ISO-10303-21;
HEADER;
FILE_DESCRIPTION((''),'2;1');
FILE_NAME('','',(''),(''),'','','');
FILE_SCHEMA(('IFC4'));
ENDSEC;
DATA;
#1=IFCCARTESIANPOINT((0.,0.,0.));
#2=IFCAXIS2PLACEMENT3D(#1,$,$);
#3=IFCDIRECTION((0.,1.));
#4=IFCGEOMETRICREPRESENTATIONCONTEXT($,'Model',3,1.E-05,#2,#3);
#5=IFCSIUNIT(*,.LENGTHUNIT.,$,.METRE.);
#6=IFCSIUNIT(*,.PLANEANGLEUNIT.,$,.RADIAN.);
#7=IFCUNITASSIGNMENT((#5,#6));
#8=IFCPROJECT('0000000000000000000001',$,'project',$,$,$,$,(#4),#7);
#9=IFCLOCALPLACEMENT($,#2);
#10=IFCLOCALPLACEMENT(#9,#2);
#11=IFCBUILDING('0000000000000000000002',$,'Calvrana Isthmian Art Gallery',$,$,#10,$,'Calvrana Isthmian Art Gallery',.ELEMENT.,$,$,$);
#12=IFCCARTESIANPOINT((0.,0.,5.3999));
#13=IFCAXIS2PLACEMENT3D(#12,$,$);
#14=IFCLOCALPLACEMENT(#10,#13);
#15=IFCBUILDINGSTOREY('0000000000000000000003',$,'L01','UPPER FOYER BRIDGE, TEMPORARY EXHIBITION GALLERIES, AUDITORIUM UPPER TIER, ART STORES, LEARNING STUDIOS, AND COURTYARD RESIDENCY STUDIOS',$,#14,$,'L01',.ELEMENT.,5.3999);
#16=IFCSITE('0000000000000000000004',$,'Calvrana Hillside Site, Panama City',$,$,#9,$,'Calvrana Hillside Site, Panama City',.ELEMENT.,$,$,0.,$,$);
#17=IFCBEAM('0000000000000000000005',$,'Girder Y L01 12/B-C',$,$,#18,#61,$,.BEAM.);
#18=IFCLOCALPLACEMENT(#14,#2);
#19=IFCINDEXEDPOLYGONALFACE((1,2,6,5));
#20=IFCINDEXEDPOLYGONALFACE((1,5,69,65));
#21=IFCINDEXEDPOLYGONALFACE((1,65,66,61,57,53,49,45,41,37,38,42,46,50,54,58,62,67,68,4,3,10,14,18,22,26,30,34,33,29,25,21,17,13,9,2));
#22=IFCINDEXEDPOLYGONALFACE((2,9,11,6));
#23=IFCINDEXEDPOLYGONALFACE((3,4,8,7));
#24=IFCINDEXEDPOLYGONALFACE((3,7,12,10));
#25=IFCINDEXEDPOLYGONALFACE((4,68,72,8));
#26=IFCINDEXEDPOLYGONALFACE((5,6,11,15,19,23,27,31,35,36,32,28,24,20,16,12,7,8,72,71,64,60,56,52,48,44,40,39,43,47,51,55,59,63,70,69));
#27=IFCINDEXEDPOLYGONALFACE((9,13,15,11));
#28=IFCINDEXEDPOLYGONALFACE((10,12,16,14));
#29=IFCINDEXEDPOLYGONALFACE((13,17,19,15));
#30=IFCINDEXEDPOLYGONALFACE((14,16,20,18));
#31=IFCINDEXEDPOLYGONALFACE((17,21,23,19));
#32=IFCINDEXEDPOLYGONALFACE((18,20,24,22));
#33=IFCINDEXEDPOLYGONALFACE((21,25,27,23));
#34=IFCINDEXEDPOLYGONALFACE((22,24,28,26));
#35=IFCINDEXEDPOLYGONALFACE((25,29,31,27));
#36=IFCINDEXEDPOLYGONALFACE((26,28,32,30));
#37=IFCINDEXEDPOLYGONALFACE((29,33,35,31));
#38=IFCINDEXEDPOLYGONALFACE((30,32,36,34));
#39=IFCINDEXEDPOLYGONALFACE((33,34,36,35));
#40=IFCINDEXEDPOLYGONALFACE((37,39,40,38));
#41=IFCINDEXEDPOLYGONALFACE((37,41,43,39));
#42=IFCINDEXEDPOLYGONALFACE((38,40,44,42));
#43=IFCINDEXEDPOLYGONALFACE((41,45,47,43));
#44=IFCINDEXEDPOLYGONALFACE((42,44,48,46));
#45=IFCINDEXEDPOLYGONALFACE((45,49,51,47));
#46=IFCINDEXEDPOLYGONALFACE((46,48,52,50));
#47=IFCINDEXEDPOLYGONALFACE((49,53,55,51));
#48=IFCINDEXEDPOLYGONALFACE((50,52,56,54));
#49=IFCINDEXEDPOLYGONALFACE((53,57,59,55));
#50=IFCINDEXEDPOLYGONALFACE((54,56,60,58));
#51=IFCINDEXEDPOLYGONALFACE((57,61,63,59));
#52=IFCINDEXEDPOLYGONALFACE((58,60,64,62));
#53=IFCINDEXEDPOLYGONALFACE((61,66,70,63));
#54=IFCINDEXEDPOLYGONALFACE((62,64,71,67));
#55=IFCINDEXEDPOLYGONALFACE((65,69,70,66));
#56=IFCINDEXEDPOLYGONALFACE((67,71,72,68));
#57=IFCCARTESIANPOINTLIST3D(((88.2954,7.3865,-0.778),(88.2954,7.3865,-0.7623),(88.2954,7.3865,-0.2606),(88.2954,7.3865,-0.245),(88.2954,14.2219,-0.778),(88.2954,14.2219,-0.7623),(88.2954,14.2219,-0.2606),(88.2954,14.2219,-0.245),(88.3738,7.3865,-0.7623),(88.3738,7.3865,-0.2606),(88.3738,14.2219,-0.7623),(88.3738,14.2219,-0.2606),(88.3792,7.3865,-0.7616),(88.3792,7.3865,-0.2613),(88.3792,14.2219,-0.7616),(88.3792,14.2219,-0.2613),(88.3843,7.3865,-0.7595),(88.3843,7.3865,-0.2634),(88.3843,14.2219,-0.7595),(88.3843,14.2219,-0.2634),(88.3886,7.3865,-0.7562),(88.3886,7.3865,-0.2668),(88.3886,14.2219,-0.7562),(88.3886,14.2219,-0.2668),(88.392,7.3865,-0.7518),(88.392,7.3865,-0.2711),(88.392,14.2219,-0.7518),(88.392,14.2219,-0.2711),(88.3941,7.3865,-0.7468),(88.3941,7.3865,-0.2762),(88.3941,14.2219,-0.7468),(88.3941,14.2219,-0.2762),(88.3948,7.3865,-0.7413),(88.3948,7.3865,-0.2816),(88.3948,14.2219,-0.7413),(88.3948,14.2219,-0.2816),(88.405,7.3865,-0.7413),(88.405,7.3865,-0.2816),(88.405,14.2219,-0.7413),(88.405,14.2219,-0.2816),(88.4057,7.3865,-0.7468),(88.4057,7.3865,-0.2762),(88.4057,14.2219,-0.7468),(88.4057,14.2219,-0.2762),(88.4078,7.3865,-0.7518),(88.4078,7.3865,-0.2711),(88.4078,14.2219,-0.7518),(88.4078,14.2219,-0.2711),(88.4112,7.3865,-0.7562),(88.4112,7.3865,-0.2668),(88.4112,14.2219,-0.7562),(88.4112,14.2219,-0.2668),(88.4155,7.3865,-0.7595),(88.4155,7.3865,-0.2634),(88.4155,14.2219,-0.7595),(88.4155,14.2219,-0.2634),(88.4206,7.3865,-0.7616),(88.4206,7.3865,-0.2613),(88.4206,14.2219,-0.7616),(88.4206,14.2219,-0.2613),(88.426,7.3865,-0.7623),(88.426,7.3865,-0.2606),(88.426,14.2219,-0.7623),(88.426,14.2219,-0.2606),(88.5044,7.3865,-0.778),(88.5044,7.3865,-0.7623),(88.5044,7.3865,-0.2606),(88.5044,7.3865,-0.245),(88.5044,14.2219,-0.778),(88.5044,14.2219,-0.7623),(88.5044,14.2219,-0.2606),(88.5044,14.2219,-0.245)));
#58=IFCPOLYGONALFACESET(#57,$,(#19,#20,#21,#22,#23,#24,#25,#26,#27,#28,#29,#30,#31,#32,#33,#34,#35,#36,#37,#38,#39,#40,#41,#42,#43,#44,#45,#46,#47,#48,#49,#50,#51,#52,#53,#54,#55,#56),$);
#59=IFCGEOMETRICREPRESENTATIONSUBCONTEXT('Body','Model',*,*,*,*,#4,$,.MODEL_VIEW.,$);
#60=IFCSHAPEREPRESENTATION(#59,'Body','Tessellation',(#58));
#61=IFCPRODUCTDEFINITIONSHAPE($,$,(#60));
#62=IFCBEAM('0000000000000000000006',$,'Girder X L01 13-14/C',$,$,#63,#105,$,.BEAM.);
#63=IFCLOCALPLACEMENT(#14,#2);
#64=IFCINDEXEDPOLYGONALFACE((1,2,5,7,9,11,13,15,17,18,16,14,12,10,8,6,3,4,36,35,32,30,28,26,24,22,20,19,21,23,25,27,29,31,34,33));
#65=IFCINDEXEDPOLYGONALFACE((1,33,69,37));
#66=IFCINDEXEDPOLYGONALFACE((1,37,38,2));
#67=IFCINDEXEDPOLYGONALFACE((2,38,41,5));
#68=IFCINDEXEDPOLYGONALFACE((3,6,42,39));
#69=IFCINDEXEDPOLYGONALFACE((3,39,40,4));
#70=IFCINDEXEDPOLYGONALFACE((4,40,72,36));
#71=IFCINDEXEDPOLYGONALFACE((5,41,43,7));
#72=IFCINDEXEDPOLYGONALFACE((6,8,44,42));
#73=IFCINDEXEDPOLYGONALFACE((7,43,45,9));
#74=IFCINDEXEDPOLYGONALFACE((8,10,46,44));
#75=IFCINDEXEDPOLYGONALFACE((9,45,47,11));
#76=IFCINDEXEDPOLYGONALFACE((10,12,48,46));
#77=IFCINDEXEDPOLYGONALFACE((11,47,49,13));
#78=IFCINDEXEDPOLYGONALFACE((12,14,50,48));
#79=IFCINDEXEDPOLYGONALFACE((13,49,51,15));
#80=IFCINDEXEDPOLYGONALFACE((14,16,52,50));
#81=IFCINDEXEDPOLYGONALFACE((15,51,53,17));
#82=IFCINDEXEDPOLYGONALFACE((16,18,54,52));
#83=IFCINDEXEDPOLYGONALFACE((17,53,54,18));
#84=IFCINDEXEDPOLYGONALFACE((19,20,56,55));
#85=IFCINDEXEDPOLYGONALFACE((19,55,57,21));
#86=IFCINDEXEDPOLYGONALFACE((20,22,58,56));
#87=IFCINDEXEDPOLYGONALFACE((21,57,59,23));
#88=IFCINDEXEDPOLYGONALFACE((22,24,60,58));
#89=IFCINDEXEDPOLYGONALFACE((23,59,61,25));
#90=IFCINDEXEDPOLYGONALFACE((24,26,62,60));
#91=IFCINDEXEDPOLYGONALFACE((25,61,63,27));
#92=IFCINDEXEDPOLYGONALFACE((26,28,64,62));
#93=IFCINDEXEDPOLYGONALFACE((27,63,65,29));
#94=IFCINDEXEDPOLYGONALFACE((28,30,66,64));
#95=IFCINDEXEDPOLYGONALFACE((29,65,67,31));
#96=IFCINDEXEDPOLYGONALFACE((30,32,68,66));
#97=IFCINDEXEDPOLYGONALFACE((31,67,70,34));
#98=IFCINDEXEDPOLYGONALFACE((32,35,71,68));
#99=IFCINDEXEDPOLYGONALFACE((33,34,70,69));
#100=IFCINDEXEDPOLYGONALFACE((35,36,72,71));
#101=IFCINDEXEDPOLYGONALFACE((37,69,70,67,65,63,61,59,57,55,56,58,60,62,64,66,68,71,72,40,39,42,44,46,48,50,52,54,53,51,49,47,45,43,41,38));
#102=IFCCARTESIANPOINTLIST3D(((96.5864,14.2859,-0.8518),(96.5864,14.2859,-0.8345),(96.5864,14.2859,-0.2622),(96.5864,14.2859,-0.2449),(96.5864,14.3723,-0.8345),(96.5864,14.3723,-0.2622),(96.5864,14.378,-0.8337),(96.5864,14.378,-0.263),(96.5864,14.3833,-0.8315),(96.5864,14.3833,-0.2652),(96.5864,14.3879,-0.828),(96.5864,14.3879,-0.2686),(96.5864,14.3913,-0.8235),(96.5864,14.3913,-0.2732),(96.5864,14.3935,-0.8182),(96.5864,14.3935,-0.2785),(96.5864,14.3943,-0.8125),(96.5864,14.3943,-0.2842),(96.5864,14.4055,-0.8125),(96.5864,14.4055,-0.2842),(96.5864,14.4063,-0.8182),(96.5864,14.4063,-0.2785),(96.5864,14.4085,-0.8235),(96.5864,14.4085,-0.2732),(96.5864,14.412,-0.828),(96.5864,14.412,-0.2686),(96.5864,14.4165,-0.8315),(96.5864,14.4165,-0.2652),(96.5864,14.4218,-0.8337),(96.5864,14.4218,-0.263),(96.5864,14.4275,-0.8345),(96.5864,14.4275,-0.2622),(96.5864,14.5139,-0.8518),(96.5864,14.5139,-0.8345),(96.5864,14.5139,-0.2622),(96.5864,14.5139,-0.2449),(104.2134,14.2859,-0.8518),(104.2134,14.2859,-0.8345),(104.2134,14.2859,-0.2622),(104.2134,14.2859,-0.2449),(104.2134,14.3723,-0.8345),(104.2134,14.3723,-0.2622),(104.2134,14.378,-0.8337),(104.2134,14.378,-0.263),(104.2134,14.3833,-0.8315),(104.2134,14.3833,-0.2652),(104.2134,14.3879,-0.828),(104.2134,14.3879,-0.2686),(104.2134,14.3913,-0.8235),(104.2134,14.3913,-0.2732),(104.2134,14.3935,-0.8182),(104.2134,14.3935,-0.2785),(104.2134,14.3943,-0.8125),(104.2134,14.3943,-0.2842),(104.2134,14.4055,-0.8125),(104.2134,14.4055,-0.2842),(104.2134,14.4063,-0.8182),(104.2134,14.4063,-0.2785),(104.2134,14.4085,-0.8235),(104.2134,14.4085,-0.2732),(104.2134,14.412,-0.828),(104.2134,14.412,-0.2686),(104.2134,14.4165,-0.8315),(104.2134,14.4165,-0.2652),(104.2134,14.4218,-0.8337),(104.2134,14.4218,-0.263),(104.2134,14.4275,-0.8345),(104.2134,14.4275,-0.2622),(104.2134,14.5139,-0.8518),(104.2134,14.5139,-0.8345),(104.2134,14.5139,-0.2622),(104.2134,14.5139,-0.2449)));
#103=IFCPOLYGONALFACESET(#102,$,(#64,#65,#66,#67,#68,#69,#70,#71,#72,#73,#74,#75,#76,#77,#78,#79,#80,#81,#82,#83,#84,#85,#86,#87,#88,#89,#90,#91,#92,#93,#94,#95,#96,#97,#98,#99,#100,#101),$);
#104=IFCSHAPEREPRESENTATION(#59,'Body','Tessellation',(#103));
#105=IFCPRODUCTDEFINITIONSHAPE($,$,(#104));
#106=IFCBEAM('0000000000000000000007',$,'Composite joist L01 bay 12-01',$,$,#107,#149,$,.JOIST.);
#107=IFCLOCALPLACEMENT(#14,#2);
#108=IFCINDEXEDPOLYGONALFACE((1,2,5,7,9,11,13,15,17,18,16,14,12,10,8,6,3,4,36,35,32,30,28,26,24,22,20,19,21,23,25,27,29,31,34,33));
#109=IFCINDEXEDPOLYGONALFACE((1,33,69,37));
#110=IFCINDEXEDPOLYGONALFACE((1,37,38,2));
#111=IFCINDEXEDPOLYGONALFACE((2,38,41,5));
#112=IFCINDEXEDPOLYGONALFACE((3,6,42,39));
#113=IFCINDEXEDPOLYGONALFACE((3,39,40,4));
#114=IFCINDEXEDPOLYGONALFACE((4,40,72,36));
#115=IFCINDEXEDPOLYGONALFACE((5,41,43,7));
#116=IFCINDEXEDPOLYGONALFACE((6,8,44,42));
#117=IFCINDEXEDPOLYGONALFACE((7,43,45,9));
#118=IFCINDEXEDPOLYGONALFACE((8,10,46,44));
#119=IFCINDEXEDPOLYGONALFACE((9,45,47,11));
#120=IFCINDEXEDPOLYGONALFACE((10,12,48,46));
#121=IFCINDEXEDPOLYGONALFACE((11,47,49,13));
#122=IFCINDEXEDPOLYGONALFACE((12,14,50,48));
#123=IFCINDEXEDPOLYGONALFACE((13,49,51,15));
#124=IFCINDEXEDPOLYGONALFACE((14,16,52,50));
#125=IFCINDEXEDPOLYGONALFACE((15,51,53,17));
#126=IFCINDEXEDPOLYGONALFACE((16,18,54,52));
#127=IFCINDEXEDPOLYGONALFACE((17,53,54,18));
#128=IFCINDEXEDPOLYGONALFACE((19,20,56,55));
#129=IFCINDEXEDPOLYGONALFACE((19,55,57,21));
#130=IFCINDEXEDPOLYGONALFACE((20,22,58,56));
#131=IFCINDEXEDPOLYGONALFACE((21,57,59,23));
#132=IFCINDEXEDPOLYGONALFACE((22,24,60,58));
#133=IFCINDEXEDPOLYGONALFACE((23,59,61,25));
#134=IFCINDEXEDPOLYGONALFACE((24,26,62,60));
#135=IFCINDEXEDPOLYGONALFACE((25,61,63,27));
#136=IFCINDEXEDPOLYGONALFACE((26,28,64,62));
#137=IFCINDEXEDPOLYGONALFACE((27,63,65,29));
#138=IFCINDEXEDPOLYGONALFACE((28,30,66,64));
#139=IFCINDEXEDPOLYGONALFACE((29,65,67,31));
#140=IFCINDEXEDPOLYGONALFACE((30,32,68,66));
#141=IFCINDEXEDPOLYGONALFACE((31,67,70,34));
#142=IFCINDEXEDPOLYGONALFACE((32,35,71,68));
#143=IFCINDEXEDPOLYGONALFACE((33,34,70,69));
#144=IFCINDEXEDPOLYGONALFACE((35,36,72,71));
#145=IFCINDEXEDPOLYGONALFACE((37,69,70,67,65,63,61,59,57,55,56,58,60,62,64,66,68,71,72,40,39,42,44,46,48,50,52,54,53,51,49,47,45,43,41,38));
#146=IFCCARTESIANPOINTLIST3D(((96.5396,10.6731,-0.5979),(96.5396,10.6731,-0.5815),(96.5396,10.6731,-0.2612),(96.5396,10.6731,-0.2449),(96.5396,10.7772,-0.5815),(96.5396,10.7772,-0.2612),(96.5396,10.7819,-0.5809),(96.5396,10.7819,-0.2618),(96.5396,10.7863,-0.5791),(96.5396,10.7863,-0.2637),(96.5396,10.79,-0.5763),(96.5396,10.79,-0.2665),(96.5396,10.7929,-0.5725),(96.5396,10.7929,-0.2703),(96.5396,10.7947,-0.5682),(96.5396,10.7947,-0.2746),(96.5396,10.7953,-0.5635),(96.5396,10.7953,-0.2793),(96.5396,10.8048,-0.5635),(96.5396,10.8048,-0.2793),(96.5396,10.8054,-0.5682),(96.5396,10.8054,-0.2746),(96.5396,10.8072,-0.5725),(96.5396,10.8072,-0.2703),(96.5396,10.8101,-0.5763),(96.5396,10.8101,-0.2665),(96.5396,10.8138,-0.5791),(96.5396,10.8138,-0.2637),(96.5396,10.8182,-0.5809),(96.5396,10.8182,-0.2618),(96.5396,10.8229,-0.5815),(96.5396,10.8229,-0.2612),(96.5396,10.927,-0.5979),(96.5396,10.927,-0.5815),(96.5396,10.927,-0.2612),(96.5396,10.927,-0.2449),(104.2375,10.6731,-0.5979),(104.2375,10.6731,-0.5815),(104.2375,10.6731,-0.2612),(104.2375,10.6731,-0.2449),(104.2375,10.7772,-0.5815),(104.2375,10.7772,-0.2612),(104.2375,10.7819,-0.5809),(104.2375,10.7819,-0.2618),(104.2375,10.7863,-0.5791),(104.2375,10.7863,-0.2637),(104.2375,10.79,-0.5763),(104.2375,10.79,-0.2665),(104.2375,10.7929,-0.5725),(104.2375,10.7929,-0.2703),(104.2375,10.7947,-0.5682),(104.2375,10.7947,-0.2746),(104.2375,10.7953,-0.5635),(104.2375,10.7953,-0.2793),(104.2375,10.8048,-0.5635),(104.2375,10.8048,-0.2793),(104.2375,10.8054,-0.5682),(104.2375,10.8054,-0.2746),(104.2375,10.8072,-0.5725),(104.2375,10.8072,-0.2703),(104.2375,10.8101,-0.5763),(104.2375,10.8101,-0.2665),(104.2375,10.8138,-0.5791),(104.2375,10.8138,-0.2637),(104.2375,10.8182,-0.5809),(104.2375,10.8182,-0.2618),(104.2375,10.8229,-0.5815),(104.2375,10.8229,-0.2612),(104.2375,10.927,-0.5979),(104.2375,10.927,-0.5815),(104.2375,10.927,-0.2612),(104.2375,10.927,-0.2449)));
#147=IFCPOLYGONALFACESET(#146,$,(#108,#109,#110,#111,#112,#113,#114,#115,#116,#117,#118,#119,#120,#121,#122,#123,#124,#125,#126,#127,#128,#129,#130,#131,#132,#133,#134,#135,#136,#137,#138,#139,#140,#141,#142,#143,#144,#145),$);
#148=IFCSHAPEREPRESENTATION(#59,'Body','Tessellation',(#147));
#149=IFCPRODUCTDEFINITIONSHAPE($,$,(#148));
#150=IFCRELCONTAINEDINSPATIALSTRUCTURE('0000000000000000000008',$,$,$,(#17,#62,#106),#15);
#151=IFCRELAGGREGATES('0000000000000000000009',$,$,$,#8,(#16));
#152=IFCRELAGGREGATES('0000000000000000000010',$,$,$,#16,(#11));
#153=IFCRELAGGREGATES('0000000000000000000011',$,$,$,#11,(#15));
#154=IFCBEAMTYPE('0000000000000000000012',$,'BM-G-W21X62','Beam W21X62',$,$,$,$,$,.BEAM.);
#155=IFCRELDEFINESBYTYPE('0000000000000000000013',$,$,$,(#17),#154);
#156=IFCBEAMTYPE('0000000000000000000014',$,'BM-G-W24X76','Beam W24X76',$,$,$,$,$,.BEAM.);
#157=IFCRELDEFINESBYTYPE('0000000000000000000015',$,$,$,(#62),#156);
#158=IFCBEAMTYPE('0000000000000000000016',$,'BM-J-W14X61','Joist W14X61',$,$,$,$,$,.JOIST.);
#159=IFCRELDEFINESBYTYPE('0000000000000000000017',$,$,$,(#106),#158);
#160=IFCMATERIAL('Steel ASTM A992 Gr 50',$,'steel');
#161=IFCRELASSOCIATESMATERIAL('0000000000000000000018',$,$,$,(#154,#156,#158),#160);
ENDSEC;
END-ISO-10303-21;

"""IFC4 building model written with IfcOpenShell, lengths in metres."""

from ifc_helpers import new_model, si_unit, direction, frame, origin, origin_2d, place, context, subcontext, project, spatial, i_section, extrude, material, material_profile, profile_set, type_object, element, save


model = new_model("IFC4")

# Units and contexts
model_context = context("Model", 3, precision=1e-05, world=origin(), true_north=direction((0.0, 1.0)))
body_context = subcontext(model_context, "Body", "Model", "MODEL_VIEW")
ifc_project = project(units=[si_unit("LENGTHUNIT", "METRE"), si_unit("PLANEANGLEUNIT", "RADIAN")], contexts=[model_context])

# Site, building, storey
site_placement = place(None, origin())
site = spatial("IfcSite", under=ifc_project, at=site_placement, Name="Calvrana Hillside Site, Panama City", LongName="Calvrana Hillside Site, Panama City", CompositionType="ELEMENT", RefElevation=0.0)
building_placement = place(site_placement, origin())
building = spatial("IfcBuilding", under=site, at=building_placement, Name="Calvrana Isthmian Art Gallery", LongName="Calvrana Isthmian Art Gallery", CompositionType="ELEMENT")
storey_placement = place(building_placement, frame((0.0, 0.0, 5.3999)))
storey = spatial("IfcBuildingStorey", under=building, at=storey_placement, Name="L01", Description="UPPER FOYER BRIDGE, TEMPORARY EXHIBITION GALLERIES, AUDITORIUM UPPER TIER, ART STORES, LEARNING STUDIOS, AND COURTYARD RESIDENCY STUDIOS", LongName="L01", CompositionType="ELEMENT", Elevation=5.3999)

# Beams
ifc_material_1 = material(Name="Steel ASTM A992 Gr 50", Category="steel")
ifc_material_profile_1 = material_profile(ifc_material_1, i_section(OverallWidth=0.209, OverallDepth=0.533, WebThickness=0.0103, FlangeThickness=0.0156, FilletRadius=0.021, at=origin_2d()), Name="W21X62")
ifc_profile_set_1 = profile_set([ifc_material_profile_1], Name="Steel ASTM A992 Gr 50")
beam_type_1 = type_object("IfcBeamType", Name="BM-G-W21X62", Description="Beam W21X62", PredefinedType="BEAM", material=ifc_profile_set_1)
beam_1_placement = place(storey_placement, frame((88.3999, 7.3865, -0.5115), z_axis=(0.0, 1.0, 0.0), x_axis=(-1.0, 0.0, 0.0)))
element("IfcBeam", 1, at=beam_1_placement, inside=storey, type_object=beam_type_1, Name="Girder Y L01 12/B-C", PredefinedType="BEAM", context=body_context, shape_type="SweptSolid", body=[
    extrude(i_section(OverallWidth=0.209, OverallDepth=0.533, WebThickness=0.0103, FlangeThickness=0.0156, FilletRadius=0.021, at=origin_2d()), origin(), (0.0, 0.0, 1.0), 6.8354),
])
ifc_material_profile_2 = material_profile(ifc_material_1, i_section(OverallWidth=0.228, OverallDepth=0.6069, WebThickness=0.0112, FlangeThickness=0.0173, FilletRadius=0.022, at=origin_2d()), Name="W24X76")
ifc_profile_set_2 = profile_set([ifc_material_profile_2], Name="Steel ASTM A992 Gr 50")
beam_type_2 = type_object("IfcBeamType", Name="BM-G-W24X76", Description="Beam W24X76", PredefinedType="BEAM", material=ifc_profile_set_2)
beam_2_placement = place(storey_placement, frame((96.5864, 14.3999, -0.5483), z_axis=(1.0, 0.0, 0.0), x_axis=(0.0, 1.0, 0.0)))
element("IfcBeam", 2, at=beam_2_placement, inside=storey, type_object=beam_type_2, Name="Girder X L01 13-14/C", PredefinedType="BEAM", context=body_context, shape_type="SweptSolid", body=[
    extrude(i_section(OverallWidth=0.228, OverallDepth=0.6069, WebThickness=0.0112, FlangeThickness=0.0173, FilletRadius=0.022, at=origin_2d()), origin(), (0.0, 0.0, 1.0), 7.627),
])
ifc_material_profile_3 = material_profile(ifc_material_1, i_section(OverallWidth=0.2539, OverallDepth=0.353, WebThickness=0.0095, FlangeThickness=0.0164, FilletRadius=0.0181, at=origin_2d()), Name="W14X61")
ifc_profile_set_3 = profile_set([ifc_material_profile_3], Name="Steel ASTM A992 Gr 50")
beam_type_3 = type_object("IfcBeamType", Name="BM-J-W14X61", Description="Joist W14X61", PredefinedType="JOIST", material=ifc_profile_set_3)
beam_3_placement = place(storey_placement, frame((96.5396, 10.8, -0.4214), z_axis=(1.0, 0.0, 0.0), x_axis=(0.0, 1.0, 0.0)))
element("IfcBeam", 3, at=beam_3_placement, inside=storey, type_object=beam_type_3, Name="Composite joist L01 bay 12-01", PredefinedType="JOIST", context=body_context, shape_type="SweptSolid", body=[
    extrude(i_section(OverallWidth=0.2539, OverallDepth=0.353, WebThickness=0.0095, FlangeThickness=0.0164, FilletRadius=0.0181, at=origin_2d()), origin(), (0.0, 0.0, 1.0), 7.698),
])

save(model, "model.ifc")
